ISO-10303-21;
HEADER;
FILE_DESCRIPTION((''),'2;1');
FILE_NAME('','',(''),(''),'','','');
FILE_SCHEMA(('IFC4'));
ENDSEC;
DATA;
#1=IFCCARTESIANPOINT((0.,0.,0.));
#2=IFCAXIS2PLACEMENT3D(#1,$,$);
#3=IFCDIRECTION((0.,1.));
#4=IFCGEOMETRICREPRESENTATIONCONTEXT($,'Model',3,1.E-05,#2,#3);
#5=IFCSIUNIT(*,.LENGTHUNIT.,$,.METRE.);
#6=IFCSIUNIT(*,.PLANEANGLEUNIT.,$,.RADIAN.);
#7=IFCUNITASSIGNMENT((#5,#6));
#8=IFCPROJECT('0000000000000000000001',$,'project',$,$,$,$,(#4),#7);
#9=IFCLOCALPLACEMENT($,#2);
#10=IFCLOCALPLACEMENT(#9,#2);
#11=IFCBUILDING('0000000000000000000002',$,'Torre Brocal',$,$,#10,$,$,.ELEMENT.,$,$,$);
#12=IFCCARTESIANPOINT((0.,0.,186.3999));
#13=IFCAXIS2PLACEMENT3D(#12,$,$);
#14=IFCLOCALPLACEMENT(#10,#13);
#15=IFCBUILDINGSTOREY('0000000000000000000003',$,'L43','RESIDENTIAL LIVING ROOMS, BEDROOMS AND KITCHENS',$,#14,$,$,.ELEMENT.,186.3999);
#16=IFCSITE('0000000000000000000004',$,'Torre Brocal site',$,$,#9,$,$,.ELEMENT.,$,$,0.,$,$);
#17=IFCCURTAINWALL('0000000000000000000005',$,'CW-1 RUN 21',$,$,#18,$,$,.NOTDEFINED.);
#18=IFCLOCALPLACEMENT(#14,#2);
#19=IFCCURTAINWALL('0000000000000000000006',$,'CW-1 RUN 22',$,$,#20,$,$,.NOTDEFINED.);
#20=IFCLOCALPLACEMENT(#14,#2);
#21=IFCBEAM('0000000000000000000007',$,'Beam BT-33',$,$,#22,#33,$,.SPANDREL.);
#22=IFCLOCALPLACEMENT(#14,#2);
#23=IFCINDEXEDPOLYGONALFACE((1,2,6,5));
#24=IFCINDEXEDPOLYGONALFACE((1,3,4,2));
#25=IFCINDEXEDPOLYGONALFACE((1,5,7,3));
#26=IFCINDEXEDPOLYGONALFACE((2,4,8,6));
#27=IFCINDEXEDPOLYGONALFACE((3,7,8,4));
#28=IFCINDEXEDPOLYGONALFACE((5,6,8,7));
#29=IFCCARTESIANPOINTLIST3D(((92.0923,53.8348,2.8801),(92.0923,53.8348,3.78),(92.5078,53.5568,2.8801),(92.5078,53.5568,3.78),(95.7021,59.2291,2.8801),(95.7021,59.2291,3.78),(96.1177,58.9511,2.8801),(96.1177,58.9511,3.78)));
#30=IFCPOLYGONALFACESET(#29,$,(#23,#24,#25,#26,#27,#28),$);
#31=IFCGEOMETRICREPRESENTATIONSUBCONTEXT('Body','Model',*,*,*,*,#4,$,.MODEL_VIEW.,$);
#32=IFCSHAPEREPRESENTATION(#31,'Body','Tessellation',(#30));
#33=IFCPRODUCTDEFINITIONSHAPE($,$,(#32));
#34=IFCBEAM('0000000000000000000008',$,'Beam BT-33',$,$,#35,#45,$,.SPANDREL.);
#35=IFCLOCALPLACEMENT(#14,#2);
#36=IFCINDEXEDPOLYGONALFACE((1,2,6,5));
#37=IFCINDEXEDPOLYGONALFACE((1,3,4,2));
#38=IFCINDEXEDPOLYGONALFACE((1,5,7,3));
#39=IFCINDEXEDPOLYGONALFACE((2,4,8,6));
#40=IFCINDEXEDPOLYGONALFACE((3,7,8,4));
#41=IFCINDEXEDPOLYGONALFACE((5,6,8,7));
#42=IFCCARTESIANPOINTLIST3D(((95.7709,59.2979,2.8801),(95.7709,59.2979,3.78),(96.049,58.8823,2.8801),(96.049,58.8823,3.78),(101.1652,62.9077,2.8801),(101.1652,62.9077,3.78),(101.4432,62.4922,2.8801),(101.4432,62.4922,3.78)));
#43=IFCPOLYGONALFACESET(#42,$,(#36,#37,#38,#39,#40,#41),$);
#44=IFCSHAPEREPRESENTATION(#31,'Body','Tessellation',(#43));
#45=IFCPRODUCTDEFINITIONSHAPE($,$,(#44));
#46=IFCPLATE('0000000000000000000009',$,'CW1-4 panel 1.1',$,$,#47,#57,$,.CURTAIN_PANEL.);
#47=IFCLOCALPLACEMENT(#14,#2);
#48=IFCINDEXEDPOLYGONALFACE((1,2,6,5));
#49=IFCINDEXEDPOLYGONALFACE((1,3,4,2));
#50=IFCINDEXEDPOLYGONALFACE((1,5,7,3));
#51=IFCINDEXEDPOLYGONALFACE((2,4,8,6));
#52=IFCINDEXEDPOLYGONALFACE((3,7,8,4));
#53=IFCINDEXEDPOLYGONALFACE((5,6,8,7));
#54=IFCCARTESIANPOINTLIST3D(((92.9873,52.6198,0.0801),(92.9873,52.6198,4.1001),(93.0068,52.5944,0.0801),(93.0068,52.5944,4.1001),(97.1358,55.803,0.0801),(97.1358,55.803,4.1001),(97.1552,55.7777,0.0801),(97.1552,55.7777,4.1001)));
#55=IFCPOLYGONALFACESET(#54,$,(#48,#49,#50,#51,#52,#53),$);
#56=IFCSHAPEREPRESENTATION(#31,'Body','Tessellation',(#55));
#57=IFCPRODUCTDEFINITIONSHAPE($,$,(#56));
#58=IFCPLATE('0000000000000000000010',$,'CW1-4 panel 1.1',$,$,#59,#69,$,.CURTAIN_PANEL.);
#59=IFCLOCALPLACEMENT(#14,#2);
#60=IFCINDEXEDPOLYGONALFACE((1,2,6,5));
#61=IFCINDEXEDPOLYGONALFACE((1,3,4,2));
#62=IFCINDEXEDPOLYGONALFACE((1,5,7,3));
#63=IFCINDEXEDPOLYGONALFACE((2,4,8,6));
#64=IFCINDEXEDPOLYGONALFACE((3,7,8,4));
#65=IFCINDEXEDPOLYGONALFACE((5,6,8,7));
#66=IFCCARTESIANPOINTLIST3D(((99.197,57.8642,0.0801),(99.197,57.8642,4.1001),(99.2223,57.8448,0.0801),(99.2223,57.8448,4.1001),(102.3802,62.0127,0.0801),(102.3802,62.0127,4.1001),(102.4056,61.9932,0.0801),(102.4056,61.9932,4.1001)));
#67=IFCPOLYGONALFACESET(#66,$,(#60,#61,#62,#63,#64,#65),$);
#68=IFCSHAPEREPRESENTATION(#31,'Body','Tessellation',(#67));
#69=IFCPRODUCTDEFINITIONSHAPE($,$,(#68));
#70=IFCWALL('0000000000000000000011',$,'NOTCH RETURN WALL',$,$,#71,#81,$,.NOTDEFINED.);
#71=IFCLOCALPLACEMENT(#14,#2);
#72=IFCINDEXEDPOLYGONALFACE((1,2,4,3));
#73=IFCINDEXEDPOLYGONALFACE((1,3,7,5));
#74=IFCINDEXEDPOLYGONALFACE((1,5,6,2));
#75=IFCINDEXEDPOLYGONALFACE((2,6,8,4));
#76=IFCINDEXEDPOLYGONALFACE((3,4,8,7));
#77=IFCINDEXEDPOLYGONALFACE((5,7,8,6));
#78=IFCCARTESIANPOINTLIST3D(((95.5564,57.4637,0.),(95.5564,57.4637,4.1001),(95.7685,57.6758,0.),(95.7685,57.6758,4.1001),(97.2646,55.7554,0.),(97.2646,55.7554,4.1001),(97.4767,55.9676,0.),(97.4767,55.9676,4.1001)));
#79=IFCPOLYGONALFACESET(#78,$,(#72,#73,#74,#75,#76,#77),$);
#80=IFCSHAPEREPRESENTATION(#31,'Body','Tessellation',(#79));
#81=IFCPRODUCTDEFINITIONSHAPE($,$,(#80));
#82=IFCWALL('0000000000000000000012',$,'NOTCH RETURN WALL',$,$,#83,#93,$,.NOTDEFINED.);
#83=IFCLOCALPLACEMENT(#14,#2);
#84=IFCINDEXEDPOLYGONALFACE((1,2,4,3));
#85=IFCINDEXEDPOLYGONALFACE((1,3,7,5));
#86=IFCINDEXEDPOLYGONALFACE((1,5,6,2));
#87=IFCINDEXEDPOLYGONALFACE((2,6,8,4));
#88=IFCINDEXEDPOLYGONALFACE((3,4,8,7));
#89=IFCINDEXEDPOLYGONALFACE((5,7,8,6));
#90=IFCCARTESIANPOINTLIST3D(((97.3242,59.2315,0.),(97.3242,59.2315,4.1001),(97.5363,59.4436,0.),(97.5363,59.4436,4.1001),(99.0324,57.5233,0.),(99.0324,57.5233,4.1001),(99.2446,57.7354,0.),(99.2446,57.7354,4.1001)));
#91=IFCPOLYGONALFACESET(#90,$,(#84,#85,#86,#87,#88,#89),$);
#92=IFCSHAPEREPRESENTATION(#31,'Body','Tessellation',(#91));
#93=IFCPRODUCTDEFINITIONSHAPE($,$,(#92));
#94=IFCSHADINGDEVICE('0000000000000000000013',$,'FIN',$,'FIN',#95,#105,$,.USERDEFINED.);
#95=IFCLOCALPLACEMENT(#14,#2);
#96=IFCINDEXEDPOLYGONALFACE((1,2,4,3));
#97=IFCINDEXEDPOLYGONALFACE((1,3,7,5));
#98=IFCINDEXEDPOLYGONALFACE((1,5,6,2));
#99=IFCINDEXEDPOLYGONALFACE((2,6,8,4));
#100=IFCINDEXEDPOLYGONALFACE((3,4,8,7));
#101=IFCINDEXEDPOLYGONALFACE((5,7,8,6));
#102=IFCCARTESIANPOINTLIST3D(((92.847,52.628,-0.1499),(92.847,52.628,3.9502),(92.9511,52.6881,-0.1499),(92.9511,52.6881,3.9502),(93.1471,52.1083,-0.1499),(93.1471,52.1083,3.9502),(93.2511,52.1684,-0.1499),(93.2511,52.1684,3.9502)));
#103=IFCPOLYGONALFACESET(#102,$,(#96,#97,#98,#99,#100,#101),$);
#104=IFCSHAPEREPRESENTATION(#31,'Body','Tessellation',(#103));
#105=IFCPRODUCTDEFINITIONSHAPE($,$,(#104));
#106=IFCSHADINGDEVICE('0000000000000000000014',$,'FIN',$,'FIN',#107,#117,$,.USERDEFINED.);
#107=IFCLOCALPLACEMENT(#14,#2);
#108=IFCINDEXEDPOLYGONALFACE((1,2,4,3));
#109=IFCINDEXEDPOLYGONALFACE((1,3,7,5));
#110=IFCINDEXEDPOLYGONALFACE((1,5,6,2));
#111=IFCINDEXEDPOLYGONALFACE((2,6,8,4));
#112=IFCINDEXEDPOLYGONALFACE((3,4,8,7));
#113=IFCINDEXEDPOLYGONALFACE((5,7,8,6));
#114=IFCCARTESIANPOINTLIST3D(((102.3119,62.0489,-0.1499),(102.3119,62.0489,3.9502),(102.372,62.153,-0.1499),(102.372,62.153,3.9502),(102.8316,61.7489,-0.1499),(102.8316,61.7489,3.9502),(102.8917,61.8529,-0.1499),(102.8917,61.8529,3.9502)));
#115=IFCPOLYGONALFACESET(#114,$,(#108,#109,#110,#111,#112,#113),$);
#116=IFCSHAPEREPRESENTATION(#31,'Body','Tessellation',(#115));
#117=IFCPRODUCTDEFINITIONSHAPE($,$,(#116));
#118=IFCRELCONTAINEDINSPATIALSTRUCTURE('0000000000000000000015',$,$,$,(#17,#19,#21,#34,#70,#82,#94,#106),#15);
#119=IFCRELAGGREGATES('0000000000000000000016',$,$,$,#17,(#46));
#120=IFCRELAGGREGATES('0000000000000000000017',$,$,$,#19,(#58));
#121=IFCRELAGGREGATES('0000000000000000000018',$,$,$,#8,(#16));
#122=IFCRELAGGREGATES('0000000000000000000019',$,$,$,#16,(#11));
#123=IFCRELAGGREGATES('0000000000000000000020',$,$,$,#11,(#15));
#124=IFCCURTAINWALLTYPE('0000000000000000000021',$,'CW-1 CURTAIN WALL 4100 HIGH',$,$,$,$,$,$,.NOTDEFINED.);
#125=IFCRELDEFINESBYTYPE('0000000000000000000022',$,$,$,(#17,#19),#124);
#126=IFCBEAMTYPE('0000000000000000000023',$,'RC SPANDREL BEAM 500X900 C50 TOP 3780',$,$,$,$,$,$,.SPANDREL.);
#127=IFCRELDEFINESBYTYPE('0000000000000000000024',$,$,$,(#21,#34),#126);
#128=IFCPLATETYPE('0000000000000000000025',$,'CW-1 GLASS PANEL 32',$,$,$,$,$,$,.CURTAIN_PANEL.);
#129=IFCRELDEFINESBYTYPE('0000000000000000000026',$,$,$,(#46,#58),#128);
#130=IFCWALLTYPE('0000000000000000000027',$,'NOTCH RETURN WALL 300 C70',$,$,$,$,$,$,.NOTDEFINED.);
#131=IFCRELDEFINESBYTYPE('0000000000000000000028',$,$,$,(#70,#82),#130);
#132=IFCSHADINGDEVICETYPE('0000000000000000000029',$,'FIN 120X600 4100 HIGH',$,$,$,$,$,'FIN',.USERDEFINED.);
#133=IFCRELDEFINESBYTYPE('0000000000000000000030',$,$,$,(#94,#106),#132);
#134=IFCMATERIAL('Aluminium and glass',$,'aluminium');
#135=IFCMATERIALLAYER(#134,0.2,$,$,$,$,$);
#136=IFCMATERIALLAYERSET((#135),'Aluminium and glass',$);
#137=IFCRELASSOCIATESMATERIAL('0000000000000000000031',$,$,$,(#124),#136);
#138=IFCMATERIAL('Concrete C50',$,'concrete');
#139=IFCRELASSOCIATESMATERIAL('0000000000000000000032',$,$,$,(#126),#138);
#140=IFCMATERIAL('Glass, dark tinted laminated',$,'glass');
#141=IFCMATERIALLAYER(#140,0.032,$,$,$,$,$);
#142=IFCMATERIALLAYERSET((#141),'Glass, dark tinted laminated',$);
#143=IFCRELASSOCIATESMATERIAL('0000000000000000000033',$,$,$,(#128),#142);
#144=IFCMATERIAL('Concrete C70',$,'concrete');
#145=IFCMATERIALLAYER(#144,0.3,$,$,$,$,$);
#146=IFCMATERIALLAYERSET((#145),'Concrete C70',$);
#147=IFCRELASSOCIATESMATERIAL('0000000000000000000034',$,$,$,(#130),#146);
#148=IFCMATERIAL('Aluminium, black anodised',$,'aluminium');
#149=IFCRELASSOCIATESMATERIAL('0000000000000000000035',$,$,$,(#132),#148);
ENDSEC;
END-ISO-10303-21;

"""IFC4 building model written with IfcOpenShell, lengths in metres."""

from ifc_helpers import new_model, si_unit, direction, frame, frame_2d, origin, origin_2d, place, context, subcontext, project, spatial, rectangle, extrude, material, layer, layer_set, material_profile, profile_set, type_object, element, aggregate, save


model = new_model("IFC4")

# Units and contexts
model_context = context("Model", 3, precision=1e-05, world=origin(), true_north=direction((0.0, 1.0)))
body_context = subcontext(model_context, "Body", "Model", "MODEL_VIEW")
ifc_project = project(units=[si_unit("LENGTHUNIT", "METRE"), si_unit("PLANEANGLEUNIT", "RADIAN")], contexts=[model_context])

# Site, building, storey
site_placement = place(None, origin())
site = spatial("IfcSite", under=ifc_project, at=site_placement, Name="Torre Brocal site", CompositionType="ELEMENT", RefElevation=0.0)
building_placement = place(site_placement, origin())
building = spatial("IfcBuilding", under=site, at=building_placement, Name="Torre Brocal", CompositionType="ELEMENT")
storey_placement = place(building_placement, frame((0.0, 0.0, 186.3999)))
storey = spatial("IfcBuildingStorey", under=building, at=storey_placement, Name="L43", Description="RESIDENTIAL LIVING ROOMS, BEDROOMS AND KITCHENS", CompositionType="ELEMENT", Elevation=186.3999)

# Shared definitions
ifc_material_1 = material(Name="Aluminium and glass", Category="aluminium")
ifc_layer_1 = layer(ifc_material_1, 0.2)
ifc_layer_set_1 = layer_set([ifc_layer_1], Name="Aluminium and glass")
curtain_wall_type = type_object("IfcCurtainWallType", Name="CW-1 CURTAIN WALL 4100 HIGH", PredefinedType="NOTDEFINED", material=ifc_layer_set_1)

# Curtain walls
curtain_wall_1_placement = place(storey_placement, origin())
curtain_wall_1 = element("IfcCurtainWall", 1, at=curtain_wall_1_placement, inside=storey, type_object=curtain_wall_type, Name="CW-1 RUN 21", PredefinedType="NOTDEFINED")
curtain_wall_2_placement = place(storey_placement, origin())
curtain_wall_2 = element("IfcCurtainWall", 2, at=curtain_wall_2_placement, inside=storey, type_object=curtain_wall_type, Name="CW-1 RUN 22", PredefinedType="NOTDEFINED")

# Beams
ifc_material_2 = material(Name="Concrete C50", Category="concrete")
ifc_material_profile_1 = material_profile(ifc_material_2, rectangle(XDim=0.5, YDim=0.8999, at=origin_2d()), Name="RC 500X900")
ifc_profile_set_1 = profile_set([ifc_material_profile_1], Name="Concrete C50")
beam_type_1 = type_object("IfcBeamType", Name="RC SPANDREL BEAM 500X900 C50 TOP 3780", PredefinedType="SPANDREL", material=ifc_profile_set_1)
for number, where, z_axis, x_axis, name in (
    (3, (92.3, 53.6958, 3.3301), (0.556158, 0.831077, 0.0), (-0.831077, 0.556158, 0.0), "Beam BT-33"),
    (4, (95.9099, 59.0901, 3.3301), (0.831077, 0.556158, 0.0), (-0.556158, 0.831077, 0.0), "Beam BT-33"),
):
    element("IfcBeam", number, at=place(storey_placement, frame(where, z_axis=z_axis, x_axis=x_axis)), inside=storey, type_object=beam_type_1, Name=name, PredefinedType="SPANDREL", context=body_context, shape_type="SweptSolid", body=[
        extrude(rectangle(XDim=0.5, YDim=0.8999, at=origin_2d()), origin(), (0.0, 0.0, 1.0), 6.4907),
    ])

# Plates
ifc_material_3 = material(Name="Glass, dark tinted laminated", Category="glass")
ifc_layer_2 = layer(ifc_material_3, 0.032)
ifc_layer_set_2 = layer_set([ifc_layer_2], Name="Glass, dark tinted laminated")
plate_type = type_object("IfcPlateType", Name="CW-1 GLASS PANEL 32", PredefinedType="CURTAIN_PANEL", material=ifc_layer_set_2)
plate_1_placement = place(storey_placement, frame((95.0713, 54.1987, 0.0801), z_axis=(0.0, 0.0, 1.0), x_axis=(0.793353, 0.608761, 0.0)))
plate_1 = element("IfcPlate", 5, at=plate_1_placement, type_object=plate_type, Name="CW1-4 panel 1.1", PredefinedType="CURTAIN_PANEL", context=body_context, shape_type="SweptSolid", body=[
    extrude(rectangle(XDim=5.229, YDim=0.032, at=origin_2d()), origin(), (0.0, 0.0, 1.0), 4.02),
])
aggregate(curtain_wall_1, [plate_1])
plate_2_placement = place(storey_placement, frame((100.8013, 59.9287, 0.0801), z_axis=(0.0, 0.0, 1.0), x_axis=(0.608761, 0.793353, 0.0)))
plate_2 = element("IfcPlate", 6, at=plate_2_placement, type_object=plate_type, Name="CW1-4 panel 1.1", PredefinedType="CURTAIN_PANEL", context=body_context, shape_type="SweptSolid", body=[
    extrude(rectangle(XDim=5.229, YDim=0.032, at=origin_2d()), origin(), (0.0, 0.0, 1.0), 4.02),
])
aggregate(curtain_wall_2, [plate_2])

# Walls
ifc_material_4 = material(Name="Concrete C70", Category="concrete")
ifc_layer_3 = layer(ifc_material_4, 0.3)
ifc_layer_set_3 = layer_set([ifc_layer_3], Name="Concrete C70")
wall_type = type_object("IfcWallType", Name="NOTCH RETURN WALL 300 C70", PredefinedType="NOTDEFINED", material=ifc_layer_set_3)
for number, where, z_axis, x_axis, name in (
    (7, (95.6624, 57.5698, 0.0), (0.0, 0.0, 1.0), (0.707107, -0.707107, 0.0), "NOTCH RETURN WALL"),
    (8, (97.4302, 59.3376, 0.0), (0.0, 0.0, 1.0), (0.707107, -0.707107, 0.0), "NOTCH RETURN WALL"),
):
    element("IfcWall", number, at=place(storey_placement, frame(where, z_axis=z_axis, x_axis=x_axis)), inside=storey, type_object=wall_type, Name=name, PredefinedType="NOTDEFINED", context=body_context, shape_type="SweptSolid", body=[
        extrude(rectangle(XDim=2.4158, YDim=0.3, at=frame_2d((1.208, 0.0))), origin(), (0.0, 0.0, 1.0), 4.1001),
    ])

# Shading devices
ifc_material_5 = material(Name="Aluminium, black anodised", Category="aluminium")
ifc_material_profile_2 = material_profile(ifc_material_5, rectangle(XDim=0.1201, YDim=0.6001, at=origin_2d()), Name="FIN 120X600 4100 HIGH")
ifc_profile_set_2 = profile_set([ifc_material_profile_2], Name="Aluminium, black anodised")
shading_device_type = type_object("IfcShadingDeviceType", Name="FIN 120X600 4100 HIGH", ElementType="FIN", PredefinedType="USERDEFINED", material=ifc_profile_set_2)
for number, where, z_axis, x_axis, name in (
    (9, (93.0491, 52.3982, -0.1499), (0.0, 0.0, 1.0), (0.866025, 0.5, 0.0), "FIN"),
    (10, (102.6018, 61.9509, -0.1499), (0.0, 0.0, 1.0), (0.5, 0.866025, 0.0), "FIN"),
):
    element("IfcShadingDevice", number, at=place(storey_placement, frame(where, z_axis=z_axis, x_axis=x_axis)), inside=storey, type_object=shading_device_type, Name=name, ObjectType="FIN", PredefinedType="USERDEFINED", context=body_context, shape_type="SweptSolid", body=[
        extrude(rectangle(XDim=0.1201, YDim=0.6001, at=origin_2d()), origin(), (0.0, 0.0, 1.0), 4.1001),
    ])

save(model, "model.ifc")
